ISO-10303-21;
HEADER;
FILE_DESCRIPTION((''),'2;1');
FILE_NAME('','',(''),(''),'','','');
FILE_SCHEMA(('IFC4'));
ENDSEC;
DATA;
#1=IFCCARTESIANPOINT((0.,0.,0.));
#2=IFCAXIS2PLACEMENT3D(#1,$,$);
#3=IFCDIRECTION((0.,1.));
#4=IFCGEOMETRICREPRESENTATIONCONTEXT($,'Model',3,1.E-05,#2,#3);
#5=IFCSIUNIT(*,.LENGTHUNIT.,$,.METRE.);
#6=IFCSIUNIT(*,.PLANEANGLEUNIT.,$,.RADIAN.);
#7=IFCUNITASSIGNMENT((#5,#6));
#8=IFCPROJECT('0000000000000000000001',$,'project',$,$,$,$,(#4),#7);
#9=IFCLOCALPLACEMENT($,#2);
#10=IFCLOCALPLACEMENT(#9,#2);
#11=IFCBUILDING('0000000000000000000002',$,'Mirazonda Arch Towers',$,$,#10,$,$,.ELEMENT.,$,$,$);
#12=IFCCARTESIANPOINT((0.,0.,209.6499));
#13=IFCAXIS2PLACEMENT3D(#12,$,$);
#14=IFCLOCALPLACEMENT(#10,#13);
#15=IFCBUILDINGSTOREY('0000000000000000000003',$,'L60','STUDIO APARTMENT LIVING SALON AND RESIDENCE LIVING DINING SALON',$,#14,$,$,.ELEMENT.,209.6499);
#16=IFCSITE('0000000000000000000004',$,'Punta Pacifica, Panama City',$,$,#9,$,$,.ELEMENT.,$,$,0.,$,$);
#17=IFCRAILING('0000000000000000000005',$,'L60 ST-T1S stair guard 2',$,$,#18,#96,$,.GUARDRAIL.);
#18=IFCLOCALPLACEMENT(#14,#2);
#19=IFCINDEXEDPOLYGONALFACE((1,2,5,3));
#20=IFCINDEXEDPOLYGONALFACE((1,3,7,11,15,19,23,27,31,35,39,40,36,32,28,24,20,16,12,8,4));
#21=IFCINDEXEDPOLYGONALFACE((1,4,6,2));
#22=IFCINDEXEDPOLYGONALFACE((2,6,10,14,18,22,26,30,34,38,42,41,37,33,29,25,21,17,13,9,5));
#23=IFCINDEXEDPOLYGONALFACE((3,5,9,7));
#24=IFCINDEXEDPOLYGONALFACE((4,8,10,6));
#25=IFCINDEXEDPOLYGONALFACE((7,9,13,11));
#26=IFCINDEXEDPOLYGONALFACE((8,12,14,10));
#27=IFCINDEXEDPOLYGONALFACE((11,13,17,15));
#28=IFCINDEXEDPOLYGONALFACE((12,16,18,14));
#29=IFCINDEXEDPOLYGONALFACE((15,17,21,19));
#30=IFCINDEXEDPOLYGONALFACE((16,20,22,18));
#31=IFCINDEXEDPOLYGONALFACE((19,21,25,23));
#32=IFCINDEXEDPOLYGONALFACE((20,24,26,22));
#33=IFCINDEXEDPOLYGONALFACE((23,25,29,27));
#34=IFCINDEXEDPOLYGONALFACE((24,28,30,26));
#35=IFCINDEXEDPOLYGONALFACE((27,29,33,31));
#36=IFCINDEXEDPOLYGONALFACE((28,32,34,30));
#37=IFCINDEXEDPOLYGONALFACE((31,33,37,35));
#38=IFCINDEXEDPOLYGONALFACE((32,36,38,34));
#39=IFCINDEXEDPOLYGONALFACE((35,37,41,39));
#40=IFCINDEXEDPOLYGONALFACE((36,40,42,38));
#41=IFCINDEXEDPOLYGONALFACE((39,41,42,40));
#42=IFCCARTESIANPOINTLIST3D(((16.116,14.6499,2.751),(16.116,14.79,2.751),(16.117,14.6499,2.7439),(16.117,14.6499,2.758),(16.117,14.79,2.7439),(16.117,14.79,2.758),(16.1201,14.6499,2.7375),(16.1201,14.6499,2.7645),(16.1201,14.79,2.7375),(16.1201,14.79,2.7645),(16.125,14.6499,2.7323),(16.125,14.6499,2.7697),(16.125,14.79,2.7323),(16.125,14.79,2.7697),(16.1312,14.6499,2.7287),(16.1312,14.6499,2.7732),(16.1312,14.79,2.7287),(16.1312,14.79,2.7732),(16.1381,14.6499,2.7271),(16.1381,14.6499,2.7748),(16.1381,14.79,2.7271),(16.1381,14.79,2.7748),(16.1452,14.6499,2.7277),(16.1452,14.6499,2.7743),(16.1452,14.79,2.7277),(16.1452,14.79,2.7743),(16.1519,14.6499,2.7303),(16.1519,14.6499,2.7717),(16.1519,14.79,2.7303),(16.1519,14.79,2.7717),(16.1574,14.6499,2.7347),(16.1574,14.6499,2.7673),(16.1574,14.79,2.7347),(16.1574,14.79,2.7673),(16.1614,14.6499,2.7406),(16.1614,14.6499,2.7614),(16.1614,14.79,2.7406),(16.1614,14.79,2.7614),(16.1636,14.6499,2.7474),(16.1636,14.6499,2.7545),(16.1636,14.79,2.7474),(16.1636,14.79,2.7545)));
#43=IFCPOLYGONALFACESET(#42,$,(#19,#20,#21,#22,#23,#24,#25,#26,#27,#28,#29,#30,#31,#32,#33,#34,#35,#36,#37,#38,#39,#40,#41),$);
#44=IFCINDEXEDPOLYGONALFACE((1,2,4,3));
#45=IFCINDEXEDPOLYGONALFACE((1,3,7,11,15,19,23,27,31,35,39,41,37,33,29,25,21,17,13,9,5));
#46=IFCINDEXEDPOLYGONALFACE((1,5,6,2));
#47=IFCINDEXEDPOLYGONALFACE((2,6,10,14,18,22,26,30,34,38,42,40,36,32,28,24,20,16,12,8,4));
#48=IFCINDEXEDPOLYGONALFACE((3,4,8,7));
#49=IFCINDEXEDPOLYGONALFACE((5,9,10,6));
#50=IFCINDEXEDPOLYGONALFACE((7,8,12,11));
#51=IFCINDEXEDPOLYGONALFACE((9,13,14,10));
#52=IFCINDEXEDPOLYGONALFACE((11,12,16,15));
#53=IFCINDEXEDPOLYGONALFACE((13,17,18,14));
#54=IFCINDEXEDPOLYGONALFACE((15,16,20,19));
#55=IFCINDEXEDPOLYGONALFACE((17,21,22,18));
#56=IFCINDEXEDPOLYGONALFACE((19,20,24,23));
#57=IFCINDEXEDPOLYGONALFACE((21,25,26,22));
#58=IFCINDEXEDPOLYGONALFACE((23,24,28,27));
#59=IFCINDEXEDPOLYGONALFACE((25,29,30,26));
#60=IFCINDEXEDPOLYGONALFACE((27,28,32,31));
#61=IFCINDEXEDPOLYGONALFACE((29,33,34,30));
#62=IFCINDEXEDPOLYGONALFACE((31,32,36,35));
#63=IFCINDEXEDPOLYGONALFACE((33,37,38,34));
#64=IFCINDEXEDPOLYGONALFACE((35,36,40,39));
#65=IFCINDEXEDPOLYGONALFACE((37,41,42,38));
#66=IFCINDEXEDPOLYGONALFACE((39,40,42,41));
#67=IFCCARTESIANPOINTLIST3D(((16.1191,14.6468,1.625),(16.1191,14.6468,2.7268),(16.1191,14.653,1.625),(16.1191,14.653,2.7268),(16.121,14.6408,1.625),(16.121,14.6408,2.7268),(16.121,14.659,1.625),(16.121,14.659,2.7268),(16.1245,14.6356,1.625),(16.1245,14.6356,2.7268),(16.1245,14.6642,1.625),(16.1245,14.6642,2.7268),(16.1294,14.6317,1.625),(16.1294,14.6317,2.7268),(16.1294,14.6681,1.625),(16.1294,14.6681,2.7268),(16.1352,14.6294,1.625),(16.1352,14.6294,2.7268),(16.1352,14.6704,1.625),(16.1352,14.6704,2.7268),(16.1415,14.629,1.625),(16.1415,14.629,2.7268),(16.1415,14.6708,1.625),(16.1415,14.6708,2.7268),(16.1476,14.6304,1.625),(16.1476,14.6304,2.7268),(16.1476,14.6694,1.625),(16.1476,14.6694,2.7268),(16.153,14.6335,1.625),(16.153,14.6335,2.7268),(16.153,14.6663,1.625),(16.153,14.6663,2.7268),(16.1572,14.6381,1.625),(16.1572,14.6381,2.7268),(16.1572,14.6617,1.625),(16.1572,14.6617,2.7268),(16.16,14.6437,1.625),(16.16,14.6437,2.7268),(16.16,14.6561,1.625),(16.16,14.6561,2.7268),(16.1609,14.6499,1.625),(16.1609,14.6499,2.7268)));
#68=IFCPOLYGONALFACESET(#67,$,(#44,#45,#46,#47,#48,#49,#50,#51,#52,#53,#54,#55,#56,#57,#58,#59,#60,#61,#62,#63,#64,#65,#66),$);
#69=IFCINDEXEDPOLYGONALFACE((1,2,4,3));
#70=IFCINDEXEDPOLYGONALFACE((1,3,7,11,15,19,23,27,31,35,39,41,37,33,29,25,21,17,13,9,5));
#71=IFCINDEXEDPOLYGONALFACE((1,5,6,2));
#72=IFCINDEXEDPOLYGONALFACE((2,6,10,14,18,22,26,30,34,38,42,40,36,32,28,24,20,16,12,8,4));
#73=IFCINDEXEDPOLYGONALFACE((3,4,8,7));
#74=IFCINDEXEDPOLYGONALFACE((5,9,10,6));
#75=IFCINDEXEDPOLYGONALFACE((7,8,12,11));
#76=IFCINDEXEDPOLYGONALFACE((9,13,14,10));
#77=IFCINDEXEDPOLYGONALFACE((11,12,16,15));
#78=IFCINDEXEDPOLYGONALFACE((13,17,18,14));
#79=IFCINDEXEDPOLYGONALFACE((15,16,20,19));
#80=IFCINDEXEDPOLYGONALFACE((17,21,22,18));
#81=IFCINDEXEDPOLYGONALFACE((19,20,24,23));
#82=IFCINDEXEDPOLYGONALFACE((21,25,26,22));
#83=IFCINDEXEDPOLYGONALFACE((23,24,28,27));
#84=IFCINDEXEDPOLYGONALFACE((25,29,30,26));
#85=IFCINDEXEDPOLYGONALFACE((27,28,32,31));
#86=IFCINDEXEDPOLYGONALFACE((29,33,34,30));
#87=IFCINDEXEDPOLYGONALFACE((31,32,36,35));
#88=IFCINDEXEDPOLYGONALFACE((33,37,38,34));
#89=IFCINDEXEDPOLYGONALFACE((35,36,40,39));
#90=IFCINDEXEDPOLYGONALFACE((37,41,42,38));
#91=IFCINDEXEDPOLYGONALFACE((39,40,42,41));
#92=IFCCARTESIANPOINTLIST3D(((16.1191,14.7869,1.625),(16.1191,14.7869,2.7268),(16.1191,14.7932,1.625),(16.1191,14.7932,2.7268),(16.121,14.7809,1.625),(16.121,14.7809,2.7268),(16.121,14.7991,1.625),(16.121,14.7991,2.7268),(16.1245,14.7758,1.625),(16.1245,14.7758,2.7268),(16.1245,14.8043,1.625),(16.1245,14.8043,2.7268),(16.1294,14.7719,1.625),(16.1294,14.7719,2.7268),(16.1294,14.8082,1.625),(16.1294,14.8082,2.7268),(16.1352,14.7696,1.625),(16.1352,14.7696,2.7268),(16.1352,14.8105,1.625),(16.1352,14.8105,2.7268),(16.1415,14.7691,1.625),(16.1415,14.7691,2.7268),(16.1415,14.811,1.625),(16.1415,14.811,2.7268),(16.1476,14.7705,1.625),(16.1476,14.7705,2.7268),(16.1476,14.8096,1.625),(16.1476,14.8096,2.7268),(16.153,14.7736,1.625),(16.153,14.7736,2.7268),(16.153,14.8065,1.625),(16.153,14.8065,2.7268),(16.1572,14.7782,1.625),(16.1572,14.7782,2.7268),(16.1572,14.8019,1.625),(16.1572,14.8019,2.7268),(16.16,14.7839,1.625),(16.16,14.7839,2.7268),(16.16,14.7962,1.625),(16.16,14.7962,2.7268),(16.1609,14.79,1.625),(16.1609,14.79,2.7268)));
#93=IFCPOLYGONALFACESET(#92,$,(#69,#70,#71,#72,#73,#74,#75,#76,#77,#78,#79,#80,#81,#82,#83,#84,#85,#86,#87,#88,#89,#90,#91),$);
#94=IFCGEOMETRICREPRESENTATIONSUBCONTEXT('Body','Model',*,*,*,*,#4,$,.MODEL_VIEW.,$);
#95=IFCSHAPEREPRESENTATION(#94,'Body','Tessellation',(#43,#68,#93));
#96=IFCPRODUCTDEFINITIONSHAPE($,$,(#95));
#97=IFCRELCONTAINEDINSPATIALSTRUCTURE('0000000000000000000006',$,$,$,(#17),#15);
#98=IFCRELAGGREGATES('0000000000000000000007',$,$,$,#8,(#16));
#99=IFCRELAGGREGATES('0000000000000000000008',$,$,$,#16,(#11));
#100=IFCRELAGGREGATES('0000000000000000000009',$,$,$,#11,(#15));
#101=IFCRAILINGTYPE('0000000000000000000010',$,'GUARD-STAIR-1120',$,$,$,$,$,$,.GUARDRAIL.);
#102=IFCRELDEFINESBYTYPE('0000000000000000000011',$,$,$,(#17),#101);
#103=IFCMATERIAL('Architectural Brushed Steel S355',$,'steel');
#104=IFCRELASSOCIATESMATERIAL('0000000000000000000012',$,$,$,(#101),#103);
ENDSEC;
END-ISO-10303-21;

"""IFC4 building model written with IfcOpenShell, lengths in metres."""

from ifc_helpers import new_model, si_unit, direction, frame, origin, origin_2d, place, context, subcontext, project, spatial, circle, extrude, material, type_object, element, save


model = new_model("IFC4")

# Units and contexts
model_context = context("Model", 3, precision=1e-05, world=origin(), true_north=direction((0.0, 1.0)))
body_context = subcontext(model_context, "Body", "Model", "MODEL_VIEW")
ifc_project = project(units=[si_unit("LENGTHUNIT", "METRE"), si_unit("PLANEANGLEUNIT", "RADIAN")], contexts=[model_context])

# Site, building, storey
site_placement = place(None, origin())
site = spatial("IfcSite", under=ifc_project, at=site_placement, Name="Punta Pacifica, Panama City", CompositionType="ELEMENT", RefElevation=0.0)
building_placement = place(site_placement, origin())
building = spatial("IfcBuilding", under=site, at=building_placement, Name="Mirazonda Arch Towers", CompositionType="ELEMENT")
storey_placement = place(building_placement, frame((0.0, 0.0, 209.6499)))
storey = spatial("IfcBuildingStorey", under=building, at=storey_placement, Name="L60", Description="STUDIO APARTMENT LIVING SALON AND RESIDENCE LIVING DINING SALON", CompositionType="ELEMENT", Elevation=209.6499)

# Shared definitions
ifc_material_1 = material(Name="Architectural Brushed Steel S355", Category="steel")

# Railing
railing_type_1 = type_object("IfcRailingType", Name="GUARD-STAIR-1120", PredefinedType="GUARDRAIL", material=ifc_material_1)
railing_1_placement = place(storey_placement, frame((16.1399, 14.6499, 1.625)))
element("IfcRailing", 1, at=railing_1_placement, inside=storey, type_object=railing_type_1, Name="L60 ST-T1S stair guard 2", PredefinedType="GUARDRAIL", context=body_context, shape_type="SweptSolid", body=[
    extrude(circle(Radius=0.0239, at=origin_2d()), frame((0.0, 0.0, 1.126), z_axis=(0.0, 1.0, 0.0), x_axis=(-1.0, 0.0, 0.0)), (0.0, 0.0, 1.0), 0.1401),
    extrude(circle(Radius=0.021, at=origin_2d()), origin(), (0.0, 0.0, 1.0), 1.1018),
    extrude(circle(Radius=0.021, at=origin_2d()), frame((0.0, 0.1401, 0.0)), (0.0, 0.0, 1.0), 1.1018),
])

save(model, "model.ifc")
